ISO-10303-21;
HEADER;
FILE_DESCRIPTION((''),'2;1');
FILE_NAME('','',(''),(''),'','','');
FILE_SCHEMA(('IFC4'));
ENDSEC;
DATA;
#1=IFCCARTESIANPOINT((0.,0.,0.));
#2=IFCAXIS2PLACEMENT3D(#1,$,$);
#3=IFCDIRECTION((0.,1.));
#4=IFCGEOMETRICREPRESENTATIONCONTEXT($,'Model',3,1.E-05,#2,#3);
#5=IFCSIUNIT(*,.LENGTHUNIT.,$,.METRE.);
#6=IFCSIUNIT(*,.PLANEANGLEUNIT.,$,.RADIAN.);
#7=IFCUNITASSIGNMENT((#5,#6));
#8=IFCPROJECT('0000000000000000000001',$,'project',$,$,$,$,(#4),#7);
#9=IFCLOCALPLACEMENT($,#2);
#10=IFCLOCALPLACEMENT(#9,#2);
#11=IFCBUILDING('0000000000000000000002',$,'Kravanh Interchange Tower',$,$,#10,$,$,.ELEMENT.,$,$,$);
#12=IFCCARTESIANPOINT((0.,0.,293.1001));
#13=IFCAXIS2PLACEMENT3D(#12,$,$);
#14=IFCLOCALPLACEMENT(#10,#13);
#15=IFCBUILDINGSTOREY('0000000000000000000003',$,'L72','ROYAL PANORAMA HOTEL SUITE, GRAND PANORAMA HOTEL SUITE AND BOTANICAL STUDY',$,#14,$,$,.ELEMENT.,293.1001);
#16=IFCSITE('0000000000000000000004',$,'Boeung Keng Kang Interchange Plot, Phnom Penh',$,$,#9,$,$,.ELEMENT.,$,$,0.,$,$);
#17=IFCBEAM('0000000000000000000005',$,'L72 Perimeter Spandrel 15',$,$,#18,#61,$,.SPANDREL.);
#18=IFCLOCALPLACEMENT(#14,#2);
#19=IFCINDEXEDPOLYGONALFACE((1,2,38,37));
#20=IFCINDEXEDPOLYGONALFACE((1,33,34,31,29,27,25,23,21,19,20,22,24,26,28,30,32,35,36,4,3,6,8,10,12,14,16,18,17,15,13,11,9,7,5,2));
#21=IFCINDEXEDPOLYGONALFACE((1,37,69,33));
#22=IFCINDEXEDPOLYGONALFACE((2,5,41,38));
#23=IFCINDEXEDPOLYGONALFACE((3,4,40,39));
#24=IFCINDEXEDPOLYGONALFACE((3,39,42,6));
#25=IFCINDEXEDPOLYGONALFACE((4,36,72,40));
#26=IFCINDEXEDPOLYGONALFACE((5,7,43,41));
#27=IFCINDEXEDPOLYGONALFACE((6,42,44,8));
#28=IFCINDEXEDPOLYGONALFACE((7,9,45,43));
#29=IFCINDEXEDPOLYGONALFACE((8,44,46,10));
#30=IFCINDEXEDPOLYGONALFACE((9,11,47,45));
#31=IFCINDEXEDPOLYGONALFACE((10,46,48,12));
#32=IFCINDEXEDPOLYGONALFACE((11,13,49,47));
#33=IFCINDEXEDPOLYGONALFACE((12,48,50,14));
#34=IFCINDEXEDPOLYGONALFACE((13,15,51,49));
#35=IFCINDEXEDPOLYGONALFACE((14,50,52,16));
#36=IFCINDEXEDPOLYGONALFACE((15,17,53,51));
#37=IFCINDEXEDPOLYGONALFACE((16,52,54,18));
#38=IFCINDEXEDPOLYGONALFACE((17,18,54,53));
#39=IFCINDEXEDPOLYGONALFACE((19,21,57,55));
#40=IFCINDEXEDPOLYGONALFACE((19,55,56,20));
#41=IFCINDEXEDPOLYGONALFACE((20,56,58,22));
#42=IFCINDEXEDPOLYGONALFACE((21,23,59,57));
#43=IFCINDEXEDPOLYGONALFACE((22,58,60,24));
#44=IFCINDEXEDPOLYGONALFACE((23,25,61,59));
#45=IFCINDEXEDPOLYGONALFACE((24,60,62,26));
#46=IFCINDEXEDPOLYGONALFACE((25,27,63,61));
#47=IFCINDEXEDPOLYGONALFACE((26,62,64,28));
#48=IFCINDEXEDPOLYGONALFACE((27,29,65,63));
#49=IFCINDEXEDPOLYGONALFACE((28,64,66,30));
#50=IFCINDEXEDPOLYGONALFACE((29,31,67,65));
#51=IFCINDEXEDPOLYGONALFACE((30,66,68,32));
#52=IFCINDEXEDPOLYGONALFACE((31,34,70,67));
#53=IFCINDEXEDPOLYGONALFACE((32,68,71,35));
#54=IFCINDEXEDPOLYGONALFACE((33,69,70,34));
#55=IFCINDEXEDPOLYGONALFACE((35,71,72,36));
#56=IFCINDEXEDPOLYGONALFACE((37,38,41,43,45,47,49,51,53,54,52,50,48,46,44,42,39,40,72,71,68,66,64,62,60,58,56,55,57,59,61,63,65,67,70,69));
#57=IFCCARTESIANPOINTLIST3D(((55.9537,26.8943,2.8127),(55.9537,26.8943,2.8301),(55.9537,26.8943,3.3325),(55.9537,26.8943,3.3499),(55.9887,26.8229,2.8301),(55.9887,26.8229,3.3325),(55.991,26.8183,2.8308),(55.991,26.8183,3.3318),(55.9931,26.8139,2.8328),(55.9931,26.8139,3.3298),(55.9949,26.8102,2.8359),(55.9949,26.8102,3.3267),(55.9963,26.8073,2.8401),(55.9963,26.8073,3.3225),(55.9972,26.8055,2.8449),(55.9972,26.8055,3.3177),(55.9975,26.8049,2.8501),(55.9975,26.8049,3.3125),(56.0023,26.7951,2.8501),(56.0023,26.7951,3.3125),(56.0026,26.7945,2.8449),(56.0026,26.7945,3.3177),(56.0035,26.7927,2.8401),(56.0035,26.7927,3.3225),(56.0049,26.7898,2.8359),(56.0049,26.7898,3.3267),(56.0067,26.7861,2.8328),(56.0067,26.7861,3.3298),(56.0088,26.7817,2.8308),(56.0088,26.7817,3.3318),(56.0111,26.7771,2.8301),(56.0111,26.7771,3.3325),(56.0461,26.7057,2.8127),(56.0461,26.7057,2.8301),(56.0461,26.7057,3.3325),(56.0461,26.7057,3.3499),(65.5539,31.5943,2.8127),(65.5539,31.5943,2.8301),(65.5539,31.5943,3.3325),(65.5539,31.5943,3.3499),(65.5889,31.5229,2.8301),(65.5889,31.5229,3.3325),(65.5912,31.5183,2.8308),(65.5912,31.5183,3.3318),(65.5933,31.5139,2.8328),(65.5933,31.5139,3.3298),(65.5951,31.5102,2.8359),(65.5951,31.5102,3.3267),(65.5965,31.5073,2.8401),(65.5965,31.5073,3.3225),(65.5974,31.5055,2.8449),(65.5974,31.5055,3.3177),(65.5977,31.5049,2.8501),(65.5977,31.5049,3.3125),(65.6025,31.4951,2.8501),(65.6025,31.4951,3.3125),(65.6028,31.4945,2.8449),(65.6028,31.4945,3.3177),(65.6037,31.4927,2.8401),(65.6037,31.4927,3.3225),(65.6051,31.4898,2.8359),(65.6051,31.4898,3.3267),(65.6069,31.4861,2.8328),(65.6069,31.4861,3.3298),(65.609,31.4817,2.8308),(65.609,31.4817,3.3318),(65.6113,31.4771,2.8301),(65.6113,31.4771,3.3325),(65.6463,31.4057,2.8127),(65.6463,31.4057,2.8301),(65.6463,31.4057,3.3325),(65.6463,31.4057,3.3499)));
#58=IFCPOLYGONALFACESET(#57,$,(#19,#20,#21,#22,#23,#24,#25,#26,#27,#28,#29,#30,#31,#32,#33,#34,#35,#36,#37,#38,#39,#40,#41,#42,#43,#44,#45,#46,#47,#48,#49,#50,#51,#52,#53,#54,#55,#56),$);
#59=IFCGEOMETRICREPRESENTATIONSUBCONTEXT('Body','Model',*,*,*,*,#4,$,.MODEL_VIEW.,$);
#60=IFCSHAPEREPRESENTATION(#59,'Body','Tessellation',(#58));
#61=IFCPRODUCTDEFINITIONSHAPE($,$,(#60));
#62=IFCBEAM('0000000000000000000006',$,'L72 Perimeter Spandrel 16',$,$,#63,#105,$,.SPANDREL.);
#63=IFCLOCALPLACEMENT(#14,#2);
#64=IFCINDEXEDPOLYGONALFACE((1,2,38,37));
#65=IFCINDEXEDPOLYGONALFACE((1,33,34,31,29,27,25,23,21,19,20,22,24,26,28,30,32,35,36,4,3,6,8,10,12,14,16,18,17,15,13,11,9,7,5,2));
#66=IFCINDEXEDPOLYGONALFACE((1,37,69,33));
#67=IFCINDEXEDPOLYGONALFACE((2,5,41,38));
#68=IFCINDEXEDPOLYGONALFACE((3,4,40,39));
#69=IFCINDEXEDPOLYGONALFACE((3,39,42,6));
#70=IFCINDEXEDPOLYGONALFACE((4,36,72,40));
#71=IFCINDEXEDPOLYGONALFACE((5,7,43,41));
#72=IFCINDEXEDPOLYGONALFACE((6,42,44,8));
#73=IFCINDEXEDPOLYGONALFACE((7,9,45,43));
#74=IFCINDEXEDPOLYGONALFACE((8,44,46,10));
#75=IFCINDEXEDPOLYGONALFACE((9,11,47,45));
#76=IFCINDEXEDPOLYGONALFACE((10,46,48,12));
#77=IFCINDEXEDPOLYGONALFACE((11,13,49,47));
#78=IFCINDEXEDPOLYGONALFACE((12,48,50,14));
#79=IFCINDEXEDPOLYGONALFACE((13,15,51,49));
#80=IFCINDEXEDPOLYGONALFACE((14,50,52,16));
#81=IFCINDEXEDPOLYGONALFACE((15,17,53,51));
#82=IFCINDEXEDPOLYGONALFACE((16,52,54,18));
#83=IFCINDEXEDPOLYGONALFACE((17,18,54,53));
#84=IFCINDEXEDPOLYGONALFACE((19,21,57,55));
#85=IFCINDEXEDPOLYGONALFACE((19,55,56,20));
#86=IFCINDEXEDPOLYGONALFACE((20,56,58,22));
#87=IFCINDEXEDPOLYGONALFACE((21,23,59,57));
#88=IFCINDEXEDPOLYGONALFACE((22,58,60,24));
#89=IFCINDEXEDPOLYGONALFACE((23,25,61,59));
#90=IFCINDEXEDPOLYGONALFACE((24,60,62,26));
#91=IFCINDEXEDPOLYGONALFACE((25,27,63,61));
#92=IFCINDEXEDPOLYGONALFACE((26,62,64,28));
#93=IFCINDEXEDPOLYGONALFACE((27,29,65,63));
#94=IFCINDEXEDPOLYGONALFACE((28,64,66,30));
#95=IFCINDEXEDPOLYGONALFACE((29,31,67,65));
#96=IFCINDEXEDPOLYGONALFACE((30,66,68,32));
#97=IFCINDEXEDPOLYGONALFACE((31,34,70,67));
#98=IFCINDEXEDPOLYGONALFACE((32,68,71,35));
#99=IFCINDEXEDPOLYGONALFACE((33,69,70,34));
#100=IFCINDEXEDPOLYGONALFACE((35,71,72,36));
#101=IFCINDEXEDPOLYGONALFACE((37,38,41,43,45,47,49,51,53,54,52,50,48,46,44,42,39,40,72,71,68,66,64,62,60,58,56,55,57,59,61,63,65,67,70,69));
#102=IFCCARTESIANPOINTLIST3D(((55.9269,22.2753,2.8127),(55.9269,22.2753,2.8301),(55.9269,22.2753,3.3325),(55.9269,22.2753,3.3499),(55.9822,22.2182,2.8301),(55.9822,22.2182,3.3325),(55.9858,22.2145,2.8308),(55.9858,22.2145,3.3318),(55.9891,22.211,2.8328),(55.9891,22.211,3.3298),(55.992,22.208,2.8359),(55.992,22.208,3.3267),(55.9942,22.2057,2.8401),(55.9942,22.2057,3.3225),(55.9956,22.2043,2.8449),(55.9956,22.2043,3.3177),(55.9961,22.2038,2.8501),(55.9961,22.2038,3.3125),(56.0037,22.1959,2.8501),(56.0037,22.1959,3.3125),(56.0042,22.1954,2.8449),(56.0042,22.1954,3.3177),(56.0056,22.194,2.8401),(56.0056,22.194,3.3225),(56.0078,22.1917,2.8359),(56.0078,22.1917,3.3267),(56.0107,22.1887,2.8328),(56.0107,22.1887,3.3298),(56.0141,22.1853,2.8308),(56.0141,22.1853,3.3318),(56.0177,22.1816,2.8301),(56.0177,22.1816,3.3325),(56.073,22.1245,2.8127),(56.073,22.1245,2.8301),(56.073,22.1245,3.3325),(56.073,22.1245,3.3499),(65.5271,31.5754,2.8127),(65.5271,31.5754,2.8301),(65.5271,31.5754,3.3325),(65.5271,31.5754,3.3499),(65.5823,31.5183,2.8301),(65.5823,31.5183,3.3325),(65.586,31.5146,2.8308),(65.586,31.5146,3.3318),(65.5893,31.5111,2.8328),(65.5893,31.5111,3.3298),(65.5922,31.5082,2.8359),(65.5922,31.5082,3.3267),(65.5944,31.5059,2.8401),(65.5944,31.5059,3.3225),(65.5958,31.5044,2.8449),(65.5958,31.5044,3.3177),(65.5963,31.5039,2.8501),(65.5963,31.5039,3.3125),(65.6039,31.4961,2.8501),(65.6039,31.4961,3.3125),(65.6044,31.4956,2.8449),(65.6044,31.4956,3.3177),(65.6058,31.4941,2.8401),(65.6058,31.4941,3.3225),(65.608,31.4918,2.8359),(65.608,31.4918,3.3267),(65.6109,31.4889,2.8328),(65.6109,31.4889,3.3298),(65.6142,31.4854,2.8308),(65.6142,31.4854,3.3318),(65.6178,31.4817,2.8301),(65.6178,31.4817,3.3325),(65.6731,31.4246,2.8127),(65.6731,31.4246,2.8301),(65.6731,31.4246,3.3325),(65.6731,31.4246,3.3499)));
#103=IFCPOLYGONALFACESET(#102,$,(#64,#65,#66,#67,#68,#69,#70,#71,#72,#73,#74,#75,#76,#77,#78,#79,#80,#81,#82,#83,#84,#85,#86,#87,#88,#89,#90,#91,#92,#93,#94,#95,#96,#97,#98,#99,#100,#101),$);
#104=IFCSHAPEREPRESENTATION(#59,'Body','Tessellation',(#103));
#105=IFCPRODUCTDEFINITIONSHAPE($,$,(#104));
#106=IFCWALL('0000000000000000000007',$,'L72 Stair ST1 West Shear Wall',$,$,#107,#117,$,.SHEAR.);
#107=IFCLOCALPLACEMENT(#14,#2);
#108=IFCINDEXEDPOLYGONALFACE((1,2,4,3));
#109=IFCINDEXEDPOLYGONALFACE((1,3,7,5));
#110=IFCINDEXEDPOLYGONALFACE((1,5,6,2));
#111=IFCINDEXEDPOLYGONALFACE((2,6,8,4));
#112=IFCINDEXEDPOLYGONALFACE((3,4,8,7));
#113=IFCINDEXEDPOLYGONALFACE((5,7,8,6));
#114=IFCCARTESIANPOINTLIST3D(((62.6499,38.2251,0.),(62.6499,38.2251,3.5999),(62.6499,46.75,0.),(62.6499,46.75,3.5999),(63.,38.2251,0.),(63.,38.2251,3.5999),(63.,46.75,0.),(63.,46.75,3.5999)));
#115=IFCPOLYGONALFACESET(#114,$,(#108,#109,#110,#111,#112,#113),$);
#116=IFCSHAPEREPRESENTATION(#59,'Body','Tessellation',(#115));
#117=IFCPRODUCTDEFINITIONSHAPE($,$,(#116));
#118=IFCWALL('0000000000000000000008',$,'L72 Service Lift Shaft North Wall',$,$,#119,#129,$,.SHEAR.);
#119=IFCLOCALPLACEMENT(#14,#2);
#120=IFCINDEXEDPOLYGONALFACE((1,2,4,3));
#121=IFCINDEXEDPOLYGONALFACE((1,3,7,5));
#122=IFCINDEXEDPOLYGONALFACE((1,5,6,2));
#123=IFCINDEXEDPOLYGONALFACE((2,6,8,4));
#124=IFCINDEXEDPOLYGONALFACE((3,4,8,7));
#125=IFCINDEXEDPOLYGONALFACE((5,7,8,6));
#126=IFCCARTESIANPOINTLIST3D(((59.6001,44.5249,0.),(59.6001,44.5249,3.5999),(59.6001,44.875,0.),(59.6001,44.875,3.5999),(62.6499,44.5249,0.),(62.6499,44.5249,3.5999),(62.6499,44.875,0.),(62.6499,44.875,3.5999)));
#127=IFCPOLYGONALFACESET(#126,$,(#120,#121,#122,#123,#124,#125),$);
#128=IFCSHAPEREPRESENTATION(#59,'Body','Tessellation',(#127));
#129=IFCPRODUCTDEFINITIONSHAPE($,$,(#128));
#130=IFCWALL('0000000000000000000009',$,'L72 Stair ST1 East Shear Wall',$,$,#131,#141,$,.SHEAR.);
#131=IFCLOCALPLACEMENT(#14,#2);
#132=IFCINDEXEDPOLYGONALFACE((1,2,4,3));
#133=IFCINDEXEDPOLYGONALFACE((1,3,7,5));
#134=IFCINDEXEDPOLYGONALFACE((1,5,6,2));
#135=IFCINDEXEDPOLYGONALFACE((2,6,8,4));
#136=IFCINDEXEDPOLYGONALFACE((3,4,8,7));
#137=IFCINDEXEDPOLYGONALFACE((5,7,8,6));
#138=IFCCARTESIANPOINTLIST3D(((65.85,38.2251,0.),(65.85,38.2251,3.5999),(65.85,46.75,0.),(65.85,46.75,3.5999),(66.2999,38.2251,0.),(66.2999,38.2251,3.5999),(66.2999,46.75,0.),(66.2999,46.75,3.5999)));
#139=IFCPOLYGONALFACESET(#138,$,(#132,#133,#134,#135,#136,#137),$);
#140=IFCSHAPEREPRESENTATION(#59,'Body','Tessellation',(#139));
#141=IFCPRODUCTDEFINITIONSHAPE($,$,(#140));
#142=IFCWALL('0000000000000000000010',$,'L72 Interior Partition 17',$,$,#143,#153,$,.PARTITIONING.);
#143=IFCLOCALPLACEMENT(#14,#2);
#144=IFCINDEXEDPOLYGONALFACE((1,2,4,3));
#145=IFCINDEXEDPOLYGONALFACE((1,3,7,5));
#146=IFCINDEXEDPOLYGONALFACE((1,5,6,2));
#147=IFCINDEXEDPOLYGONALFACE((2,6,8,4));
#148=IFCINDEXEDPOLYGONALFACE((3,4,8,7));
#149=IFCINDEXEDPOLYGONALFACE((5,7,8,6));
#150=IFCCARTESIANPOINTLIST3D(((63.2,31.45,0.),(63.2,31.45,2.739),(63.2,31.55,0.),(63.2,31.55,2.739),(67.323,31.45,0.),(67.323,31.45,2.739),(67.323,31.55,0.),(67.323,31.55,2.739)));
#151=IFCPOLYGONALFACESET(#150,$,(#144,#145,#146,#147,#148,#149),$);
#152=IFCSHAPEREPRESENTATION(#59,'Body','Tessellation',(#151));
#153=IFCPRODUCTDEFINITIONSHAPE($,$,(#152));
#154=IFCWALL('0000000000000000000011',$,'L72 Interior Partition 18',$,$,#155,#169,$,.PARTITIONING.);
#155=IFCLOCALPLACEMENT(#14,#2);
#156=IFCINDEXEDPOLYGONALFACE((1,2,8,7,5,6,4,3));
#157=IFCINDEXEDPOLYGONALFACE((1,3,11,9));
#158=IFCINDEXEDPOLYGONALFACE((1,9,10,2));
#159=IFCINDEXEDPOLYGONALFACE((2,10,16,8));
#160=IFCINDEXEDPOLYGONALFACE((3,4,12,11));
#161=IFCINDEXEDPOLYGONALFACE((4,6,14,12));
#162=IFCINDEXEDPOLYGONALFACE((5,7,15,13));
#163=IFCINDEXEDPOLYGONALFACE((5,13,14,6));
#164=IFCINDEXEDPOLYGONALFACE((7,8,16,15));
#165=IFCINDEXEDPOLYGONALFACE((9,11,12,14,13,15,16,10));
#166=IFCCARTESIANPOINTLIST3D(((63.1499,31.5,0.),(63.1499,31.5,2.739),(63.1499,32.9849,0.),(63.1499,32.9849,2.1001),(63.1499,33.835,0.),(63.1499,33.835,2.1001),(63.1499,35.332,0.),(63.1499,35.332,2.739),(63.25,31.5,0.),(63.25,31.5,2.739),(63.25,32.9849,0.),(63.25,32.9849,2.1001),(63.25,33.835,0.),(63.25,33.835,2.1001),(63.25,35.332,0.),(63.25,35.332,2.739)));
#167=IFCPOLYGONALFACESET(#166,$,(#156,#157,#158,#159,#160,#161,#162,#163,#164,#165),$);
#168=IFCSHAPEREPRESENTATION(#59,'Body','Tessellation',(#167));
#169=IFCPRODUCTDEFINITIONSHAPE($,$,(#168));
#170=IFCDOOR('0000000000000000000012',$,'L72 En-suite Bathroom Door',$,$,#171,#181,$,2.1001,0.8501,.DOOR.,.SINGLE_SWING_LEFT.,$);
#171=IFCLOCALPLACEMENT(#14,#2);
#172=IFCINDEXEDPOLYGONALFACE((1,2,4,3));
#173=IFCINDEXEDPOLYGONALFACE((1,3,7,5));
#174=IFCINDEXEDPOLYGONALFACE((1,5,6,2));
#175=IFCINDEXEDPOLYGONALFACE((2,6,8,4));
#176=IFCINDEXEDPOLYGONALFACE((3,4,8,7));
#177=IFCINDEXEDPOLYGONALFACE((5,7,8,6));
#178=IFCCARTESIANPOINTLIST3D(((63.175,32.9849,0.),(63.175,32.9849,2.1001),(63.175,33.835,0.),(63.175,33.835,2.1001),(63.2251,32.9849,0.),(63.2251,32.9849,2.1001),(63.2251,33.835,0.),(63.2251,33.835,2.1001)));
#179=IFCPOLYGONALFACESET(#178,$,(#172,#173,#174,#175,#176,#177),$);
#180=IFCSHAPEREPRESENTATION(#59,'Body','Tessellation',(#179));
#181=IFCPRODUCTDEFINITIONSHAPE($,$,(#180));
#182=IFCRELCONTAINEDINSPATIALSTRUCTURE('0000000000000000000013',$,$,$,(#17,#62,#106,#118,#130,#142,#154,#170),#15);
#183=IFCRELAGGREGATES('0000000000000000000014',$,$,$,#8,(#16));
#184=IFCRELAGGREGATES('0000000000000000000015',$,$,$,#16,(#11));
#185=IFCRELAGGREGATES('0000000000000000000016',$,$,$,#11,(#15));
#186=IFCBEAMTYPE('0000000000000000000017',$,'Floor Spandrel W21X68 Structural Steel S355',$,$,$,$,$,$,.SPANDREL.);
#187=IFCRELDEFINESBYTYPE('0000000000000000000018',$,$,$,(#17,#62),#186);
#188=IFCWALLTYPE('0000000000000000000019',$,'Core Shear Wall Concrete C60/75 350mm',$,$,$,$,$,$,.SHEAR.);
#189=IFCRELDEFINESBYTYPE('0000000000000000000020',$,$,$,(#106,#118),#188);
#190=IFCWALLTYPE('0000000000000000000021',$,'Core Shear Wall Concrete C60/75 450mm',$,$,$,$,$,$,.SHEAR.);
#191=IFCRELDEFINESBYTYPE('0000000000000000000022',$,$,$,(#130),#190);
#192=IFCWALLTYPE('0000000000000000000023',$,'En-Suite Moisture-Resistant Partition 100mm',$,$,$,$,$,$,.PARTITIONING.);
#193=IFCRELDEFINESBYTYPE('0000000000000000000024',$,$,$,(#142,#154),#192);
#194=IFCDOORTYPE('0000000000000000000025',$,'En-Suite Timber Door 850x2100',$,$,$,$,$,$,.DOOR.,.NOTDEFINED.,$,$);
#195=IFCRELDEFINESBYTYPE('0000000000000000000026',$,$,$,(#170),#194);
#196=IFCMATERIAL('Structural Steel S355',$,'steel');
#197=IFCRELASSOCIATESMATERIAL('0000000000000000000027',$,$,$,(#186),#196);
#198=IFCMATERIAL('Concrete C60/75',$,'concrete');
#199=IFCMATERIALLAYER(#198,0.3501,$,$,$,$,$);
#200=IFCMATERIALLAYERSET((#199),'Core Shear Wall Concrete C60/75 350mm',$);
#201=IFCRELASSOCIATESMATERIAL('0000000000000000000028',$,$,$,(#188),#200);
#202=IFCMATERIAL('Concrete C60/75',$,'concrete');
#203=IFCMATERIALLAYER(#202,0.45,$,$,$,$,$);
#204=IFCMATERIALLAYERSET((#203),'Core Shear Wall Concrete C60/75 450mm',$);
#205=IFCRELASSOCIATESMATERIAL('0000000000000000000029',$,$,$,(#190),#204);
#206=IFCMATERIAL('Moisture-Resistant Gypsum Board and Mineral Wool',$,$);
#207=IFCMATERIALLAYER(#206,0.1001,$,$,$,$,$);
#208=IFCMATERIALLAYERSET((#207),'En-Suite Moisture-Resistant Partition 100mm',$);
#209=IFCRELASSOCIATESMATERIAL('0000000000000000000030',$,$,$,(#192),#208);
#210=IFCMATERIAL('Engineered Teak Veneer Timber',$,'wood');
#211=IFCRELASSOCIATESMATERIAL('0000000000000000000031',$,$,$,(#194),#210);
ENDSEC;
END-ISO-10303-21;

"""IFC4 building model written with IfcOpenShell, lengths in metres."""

from ifc_helpers import new_model, si_unit, direction, frame, frame_2d, origin, origin_2d, place, context, subcontext, project, spatial, rectangle, i_section, extrude, material, layer, layer_set, material_profile, profile_set, type_object, element, fill, save


model = new_model("IFC4")

# Units and contexts
model_context = context("Model", 3, precision=1e-05, world=origin(), true_north=direction((0.0, 1.0)))
body_context = subcontext(model_context, "Body", "Model", "MODEL_VIEW")
ifc_project = project(units=[si_unit("LENGTHUNIT", "METRE"), si_unit("PLANEANGLEUNIT", "RADIAN")], contexts=[model_context])

# Site, building, storey
site_placement = place(None, origin())
site = spatial("IfcSite", under=ifc_project, at=site_placement, Name="Boeung Keng Kang Interchange Plot, Phnom Penh", CompositionType="ELEMENT", RefElevation=0.0)
building_placement = place(site_placement, origin())
building = spatial("IfcBuilding", under=site, at=building_placement, Name="Kravanh Interchange Tower", CompositionType="ELEMENT")
storey_placement = place(building_placement, frame((0.0, 0.0, 293.1001)))
storey = spatial("IfcBuildingStorey", under=building, at=storey_placement, Name="L72", Description="ROYAL PANORAMA HOTEL SUITE, GRAND PANORAMA HOTEL SUITE AND BOTANICAL STUDY", CompositionType="ELEMENT", Elevation=293.1001)

# Beams
ifc_material_1 = material(Name="Structural Steel S355", Category="steel")
ifc_material_profile_1 = material_profile(ifc_material_1, i_section(OverallWidth=0.21, OverallDepth=0.5371, WebThickness=0.011, FlangeThickness=0.0173, FilletRadius=0.02, at=origin_2d()), Name="W21X68")
ifc_profile_set_1 = profile_set([ifc_material_profile_1], Name="Structural Steel S355")
beam_type_1 = type_object("IfcBeamType", Name="Floor Spandrel W21X68 Structural Steel S355", PredefinedType="SPANDREL", material=ifc_profile_set_1)
beam_1_placement = place(storey_placement, frame((65.6001, 31.5, 3.0813), z_axis=(-0.898142, -0.439706, 0.0), x_axis=(0.439706, -0.898142, 0.0)))
element("IfcBeam", 1, at=beam_1_placement, inside=storey, type_object=beam_type_1, Name="L72 Perimeter Spandrel 15", PredefinedType="SPANDREL", context=body_context, shape_type="SweptSolid", body=[
    extrude(i_section(OverallWidth=0.21, OverallDepth=0.5371, WebThickness=0.011, FlangeThickness=0.0173, FilletRadius=0.02, at=origin_2d()), origin(), (0.0, 0.0, 1.0), 10.689),
])
beam_2_placement = place(storey_placement, frame((65.6001, 31.5, 3.0813), z_axis=(-0.718242, -0.695793, 0.0), x_axis=(0.695793, -0.718242, 0.0)))
element("IfcBeam", 2, at=beam_2_placement, inside=storey, type_object=beam_type_1, Name="L72 Perimeter Spandrel 16", PredefinedType="SPANDREL", context=body_context, shape_type="SweptSolid", body=[
    extrude(i_section(OverallWidth=0.21, OverallDepth=0.5371, WebThickness=0.011, FlangeThickness=0.0173, FilletRadius=0.02, at=origin_2d()), origin(), (0.0, 0.0, 1.0), 13.3662),
])

# Walls
ifc_material_2 = material(Name="Concrete C60/75", Category="concrete")
ifc_layer_1 = layer(ifc_material_2, 0.3501)
ifc_layer_set_1 = layer_set([ifc_layer_1], Name="Core Shear Wall Concrete C60/75 350mm")
wall_type_1 = type_object("IfcWallType", Name="Core Shear Wall Concrete C60/75 350mm", PredefinedType="SHEAR", material=ifc_layer_set_1)
wall_1_placement = place(storey_placement, frame((62.825, 38.2251, 0.0), z_axis=(0.0, 0.0, 1.0), x_axis=(0.0, 1.0, 0.0)))
element("IfcWall", 3, at=wall_1_placement, inside=storey, type_object=wall_type_1, Name="L72 Stair ST1 West Shear Wall", PredefinedType="SHEAR", context=body_context, shape_type="SweptSolid", body=[
    extrude(rectangle(XDim=8.5249, YDim=0.3501, at=frame_2d((4.2625, 0.0))), origin(), (0.0, 0.0, 1.0), 3.5999),
])
wall_2_placement = place(storey_placement, frame((59.6001, 44.7, 0.0), z_axis=(0.0, 0.0, 1.0), x_axis=(1.0, 0.0, 0.0)))
element("IfcWall", 4, at=wall_2_placement, inside=storey, type_object=wall_type_1, Name="L72 Service Lift Shaft North Wall", PredefinedType="SHEAR", context=body_context, shape_type="SweptSolid", body=[
    extrude(rectangle(XDim=3.0498, YDim=0.3501, at=frame_2d((1.5249, 0.0))), origin(), (0.0, 0.0, 1.0), 3.5999),
])
ifc_material_3 = material(Name="Concrete C60/75", Category="concrete")
ifc_layer_2 = layer(ifc_material_3, 0.45)
ifc_layer_set_2 = layer_set([ifc_layer_2], Name="Core Shear Wall Concrete C60/75 450mm")
wall_type_2 = type_object("IfcWallType", Name="Core Shear Wall Concrete C60/75 450mm", PredefinedType="SHEAR", material=ifc_layer_set_2)
wall_3_placement = place(storey_placement, frame((66.075, 38.2251, 0.0), z_axis=(0.0, 0.0, 1.0), x_axis=(0.0, 1.0, 0.0)))
element("IfcWall", 5, at=wall_3_placement, inside=storey, type_object=wall_type_2, Name="L72 Stair ST1 East Shear Wall", PredefinedType="SHEAR", context=body_context, shape_type="SweptSolid", body=[
    extrude(rectangle(XDim=8.5249, YDim=0.45, at=frame_2d((4.2625, 0.0))), origin(), (0.0, 0.0, 1.0), 3.5999),
])
ifc_material_4 = material(Name="Moisture-Resistant Gypsum Board and Mineral Wool")
ifc_layer_3 = layer(ifc_material_4, 0.1001)
ifc_layer_set_3 = layer_set([ifc_layer_3], Name="En-Suite Moisture-Resistant Partition 100mm")
wall_type_3 = type_object("IfcWallType", Name="En-Suite Moisture-Resistant Partition 100mm", PredefinedType="PARTITIONING", material=ifc_layer_set_3)
wall_4_placement = place(storey_placement, frame((63.2, 31.5, 0.0), z_axis=(0.0, 0.0, 1.0), x_axis=(1.0, 0.0, 0.0)))
element("IfcWall", 6, at=wall_4_placement, inside=storey, type_object=wall_type_3, Name="L72 Interior Partition 17", PredefinedType="PARTITIONING", context=body_context, shape_type="SweptSolid", body=[
    extrude(rectangle(XDim=4.123, YDim=0.1001, at=frame_2d((2.0615, 0.0))), origin(), (0.0, 0.0, 1.0), 2.739),
])

# Wall, opening, door
wall_5_placement = place(storey_placement, frame((63.2, 31.5, 0.0), z_axis=(0.0, 0.0, 1.0), x_axis=(0.0, 1.0, 0.0)))
wall_5 = element("IfcWall", 7, at=wall_5_placement, inside=storey, type_object=wall_type_3, Name="L72 Interior Partition 18", PredefinedType="PARTITIONING", context=body_context, shape_type="SweptSolid", body=[
    extrude(rectangle(XDim=3.832, YDim=0.1001, at=frame_2d((1.916, 0.0))), origin(), (0.0, 0.0, 1.0), 2.739),
])
opening_1_placement = place(wall_5_placement, frame((1.4849, 0.0, 0.0)))
opening_1 = element("IfcOpeningElement", 8, at=opening_1_placement, cuts=wall_5, PredefinedType="OPENING", context=body_context, shape_type="SweptSolid", body=[
    extrude(rectangle(XDim=0.8501, YDim=2.1001, at=frame_2d((0.425, 1.05))), frame((0.0, 0.0601, 0.0), z_axis=(0.0, -1.0, 0.0), x_axis=(1.0, 0.0, 0.0)), (0.0, 0.0, 1.0), 0.1201),
])
ifc_material_5 = material(Name="Engineered Teak Veneer Timber", Category="wood")
door_type_1 = type_object("IfcDoorType", Name="En-Suite Timber Door 850x2100", OperationType="NOTDEFINED", PredefinedType="DOOR", material=ifc_material_5)
door_1_placement = place(opening_1_placement, origin())
door_1 = element("IfcDoor", 9, at=door_1_placement, inside=storey, type_object=door_type_1, Name="L72 En-suite Bathroom Door", OperationType="SINGLE_SWING_LEFT", OverallHeight=2.1001, OverallWidth=0.8501, PredefinedType="DOOR", context=body_context, shape_type="SweptSolid", body=[
    extrude(rectangle(XDim=0.8501, YDim=2.1001, at=frame_2d((0.425, 1.05))), frame((0.0, 0.0249, 0.0), z_axis=(0.0, -1.0, 0.0), x_axis=(1.0, 0.0, 0.0)), (0.0, 0.0, 1.0), 0.05),
])
fill(opening_1, door_1)

save(model, "model.ifc")
